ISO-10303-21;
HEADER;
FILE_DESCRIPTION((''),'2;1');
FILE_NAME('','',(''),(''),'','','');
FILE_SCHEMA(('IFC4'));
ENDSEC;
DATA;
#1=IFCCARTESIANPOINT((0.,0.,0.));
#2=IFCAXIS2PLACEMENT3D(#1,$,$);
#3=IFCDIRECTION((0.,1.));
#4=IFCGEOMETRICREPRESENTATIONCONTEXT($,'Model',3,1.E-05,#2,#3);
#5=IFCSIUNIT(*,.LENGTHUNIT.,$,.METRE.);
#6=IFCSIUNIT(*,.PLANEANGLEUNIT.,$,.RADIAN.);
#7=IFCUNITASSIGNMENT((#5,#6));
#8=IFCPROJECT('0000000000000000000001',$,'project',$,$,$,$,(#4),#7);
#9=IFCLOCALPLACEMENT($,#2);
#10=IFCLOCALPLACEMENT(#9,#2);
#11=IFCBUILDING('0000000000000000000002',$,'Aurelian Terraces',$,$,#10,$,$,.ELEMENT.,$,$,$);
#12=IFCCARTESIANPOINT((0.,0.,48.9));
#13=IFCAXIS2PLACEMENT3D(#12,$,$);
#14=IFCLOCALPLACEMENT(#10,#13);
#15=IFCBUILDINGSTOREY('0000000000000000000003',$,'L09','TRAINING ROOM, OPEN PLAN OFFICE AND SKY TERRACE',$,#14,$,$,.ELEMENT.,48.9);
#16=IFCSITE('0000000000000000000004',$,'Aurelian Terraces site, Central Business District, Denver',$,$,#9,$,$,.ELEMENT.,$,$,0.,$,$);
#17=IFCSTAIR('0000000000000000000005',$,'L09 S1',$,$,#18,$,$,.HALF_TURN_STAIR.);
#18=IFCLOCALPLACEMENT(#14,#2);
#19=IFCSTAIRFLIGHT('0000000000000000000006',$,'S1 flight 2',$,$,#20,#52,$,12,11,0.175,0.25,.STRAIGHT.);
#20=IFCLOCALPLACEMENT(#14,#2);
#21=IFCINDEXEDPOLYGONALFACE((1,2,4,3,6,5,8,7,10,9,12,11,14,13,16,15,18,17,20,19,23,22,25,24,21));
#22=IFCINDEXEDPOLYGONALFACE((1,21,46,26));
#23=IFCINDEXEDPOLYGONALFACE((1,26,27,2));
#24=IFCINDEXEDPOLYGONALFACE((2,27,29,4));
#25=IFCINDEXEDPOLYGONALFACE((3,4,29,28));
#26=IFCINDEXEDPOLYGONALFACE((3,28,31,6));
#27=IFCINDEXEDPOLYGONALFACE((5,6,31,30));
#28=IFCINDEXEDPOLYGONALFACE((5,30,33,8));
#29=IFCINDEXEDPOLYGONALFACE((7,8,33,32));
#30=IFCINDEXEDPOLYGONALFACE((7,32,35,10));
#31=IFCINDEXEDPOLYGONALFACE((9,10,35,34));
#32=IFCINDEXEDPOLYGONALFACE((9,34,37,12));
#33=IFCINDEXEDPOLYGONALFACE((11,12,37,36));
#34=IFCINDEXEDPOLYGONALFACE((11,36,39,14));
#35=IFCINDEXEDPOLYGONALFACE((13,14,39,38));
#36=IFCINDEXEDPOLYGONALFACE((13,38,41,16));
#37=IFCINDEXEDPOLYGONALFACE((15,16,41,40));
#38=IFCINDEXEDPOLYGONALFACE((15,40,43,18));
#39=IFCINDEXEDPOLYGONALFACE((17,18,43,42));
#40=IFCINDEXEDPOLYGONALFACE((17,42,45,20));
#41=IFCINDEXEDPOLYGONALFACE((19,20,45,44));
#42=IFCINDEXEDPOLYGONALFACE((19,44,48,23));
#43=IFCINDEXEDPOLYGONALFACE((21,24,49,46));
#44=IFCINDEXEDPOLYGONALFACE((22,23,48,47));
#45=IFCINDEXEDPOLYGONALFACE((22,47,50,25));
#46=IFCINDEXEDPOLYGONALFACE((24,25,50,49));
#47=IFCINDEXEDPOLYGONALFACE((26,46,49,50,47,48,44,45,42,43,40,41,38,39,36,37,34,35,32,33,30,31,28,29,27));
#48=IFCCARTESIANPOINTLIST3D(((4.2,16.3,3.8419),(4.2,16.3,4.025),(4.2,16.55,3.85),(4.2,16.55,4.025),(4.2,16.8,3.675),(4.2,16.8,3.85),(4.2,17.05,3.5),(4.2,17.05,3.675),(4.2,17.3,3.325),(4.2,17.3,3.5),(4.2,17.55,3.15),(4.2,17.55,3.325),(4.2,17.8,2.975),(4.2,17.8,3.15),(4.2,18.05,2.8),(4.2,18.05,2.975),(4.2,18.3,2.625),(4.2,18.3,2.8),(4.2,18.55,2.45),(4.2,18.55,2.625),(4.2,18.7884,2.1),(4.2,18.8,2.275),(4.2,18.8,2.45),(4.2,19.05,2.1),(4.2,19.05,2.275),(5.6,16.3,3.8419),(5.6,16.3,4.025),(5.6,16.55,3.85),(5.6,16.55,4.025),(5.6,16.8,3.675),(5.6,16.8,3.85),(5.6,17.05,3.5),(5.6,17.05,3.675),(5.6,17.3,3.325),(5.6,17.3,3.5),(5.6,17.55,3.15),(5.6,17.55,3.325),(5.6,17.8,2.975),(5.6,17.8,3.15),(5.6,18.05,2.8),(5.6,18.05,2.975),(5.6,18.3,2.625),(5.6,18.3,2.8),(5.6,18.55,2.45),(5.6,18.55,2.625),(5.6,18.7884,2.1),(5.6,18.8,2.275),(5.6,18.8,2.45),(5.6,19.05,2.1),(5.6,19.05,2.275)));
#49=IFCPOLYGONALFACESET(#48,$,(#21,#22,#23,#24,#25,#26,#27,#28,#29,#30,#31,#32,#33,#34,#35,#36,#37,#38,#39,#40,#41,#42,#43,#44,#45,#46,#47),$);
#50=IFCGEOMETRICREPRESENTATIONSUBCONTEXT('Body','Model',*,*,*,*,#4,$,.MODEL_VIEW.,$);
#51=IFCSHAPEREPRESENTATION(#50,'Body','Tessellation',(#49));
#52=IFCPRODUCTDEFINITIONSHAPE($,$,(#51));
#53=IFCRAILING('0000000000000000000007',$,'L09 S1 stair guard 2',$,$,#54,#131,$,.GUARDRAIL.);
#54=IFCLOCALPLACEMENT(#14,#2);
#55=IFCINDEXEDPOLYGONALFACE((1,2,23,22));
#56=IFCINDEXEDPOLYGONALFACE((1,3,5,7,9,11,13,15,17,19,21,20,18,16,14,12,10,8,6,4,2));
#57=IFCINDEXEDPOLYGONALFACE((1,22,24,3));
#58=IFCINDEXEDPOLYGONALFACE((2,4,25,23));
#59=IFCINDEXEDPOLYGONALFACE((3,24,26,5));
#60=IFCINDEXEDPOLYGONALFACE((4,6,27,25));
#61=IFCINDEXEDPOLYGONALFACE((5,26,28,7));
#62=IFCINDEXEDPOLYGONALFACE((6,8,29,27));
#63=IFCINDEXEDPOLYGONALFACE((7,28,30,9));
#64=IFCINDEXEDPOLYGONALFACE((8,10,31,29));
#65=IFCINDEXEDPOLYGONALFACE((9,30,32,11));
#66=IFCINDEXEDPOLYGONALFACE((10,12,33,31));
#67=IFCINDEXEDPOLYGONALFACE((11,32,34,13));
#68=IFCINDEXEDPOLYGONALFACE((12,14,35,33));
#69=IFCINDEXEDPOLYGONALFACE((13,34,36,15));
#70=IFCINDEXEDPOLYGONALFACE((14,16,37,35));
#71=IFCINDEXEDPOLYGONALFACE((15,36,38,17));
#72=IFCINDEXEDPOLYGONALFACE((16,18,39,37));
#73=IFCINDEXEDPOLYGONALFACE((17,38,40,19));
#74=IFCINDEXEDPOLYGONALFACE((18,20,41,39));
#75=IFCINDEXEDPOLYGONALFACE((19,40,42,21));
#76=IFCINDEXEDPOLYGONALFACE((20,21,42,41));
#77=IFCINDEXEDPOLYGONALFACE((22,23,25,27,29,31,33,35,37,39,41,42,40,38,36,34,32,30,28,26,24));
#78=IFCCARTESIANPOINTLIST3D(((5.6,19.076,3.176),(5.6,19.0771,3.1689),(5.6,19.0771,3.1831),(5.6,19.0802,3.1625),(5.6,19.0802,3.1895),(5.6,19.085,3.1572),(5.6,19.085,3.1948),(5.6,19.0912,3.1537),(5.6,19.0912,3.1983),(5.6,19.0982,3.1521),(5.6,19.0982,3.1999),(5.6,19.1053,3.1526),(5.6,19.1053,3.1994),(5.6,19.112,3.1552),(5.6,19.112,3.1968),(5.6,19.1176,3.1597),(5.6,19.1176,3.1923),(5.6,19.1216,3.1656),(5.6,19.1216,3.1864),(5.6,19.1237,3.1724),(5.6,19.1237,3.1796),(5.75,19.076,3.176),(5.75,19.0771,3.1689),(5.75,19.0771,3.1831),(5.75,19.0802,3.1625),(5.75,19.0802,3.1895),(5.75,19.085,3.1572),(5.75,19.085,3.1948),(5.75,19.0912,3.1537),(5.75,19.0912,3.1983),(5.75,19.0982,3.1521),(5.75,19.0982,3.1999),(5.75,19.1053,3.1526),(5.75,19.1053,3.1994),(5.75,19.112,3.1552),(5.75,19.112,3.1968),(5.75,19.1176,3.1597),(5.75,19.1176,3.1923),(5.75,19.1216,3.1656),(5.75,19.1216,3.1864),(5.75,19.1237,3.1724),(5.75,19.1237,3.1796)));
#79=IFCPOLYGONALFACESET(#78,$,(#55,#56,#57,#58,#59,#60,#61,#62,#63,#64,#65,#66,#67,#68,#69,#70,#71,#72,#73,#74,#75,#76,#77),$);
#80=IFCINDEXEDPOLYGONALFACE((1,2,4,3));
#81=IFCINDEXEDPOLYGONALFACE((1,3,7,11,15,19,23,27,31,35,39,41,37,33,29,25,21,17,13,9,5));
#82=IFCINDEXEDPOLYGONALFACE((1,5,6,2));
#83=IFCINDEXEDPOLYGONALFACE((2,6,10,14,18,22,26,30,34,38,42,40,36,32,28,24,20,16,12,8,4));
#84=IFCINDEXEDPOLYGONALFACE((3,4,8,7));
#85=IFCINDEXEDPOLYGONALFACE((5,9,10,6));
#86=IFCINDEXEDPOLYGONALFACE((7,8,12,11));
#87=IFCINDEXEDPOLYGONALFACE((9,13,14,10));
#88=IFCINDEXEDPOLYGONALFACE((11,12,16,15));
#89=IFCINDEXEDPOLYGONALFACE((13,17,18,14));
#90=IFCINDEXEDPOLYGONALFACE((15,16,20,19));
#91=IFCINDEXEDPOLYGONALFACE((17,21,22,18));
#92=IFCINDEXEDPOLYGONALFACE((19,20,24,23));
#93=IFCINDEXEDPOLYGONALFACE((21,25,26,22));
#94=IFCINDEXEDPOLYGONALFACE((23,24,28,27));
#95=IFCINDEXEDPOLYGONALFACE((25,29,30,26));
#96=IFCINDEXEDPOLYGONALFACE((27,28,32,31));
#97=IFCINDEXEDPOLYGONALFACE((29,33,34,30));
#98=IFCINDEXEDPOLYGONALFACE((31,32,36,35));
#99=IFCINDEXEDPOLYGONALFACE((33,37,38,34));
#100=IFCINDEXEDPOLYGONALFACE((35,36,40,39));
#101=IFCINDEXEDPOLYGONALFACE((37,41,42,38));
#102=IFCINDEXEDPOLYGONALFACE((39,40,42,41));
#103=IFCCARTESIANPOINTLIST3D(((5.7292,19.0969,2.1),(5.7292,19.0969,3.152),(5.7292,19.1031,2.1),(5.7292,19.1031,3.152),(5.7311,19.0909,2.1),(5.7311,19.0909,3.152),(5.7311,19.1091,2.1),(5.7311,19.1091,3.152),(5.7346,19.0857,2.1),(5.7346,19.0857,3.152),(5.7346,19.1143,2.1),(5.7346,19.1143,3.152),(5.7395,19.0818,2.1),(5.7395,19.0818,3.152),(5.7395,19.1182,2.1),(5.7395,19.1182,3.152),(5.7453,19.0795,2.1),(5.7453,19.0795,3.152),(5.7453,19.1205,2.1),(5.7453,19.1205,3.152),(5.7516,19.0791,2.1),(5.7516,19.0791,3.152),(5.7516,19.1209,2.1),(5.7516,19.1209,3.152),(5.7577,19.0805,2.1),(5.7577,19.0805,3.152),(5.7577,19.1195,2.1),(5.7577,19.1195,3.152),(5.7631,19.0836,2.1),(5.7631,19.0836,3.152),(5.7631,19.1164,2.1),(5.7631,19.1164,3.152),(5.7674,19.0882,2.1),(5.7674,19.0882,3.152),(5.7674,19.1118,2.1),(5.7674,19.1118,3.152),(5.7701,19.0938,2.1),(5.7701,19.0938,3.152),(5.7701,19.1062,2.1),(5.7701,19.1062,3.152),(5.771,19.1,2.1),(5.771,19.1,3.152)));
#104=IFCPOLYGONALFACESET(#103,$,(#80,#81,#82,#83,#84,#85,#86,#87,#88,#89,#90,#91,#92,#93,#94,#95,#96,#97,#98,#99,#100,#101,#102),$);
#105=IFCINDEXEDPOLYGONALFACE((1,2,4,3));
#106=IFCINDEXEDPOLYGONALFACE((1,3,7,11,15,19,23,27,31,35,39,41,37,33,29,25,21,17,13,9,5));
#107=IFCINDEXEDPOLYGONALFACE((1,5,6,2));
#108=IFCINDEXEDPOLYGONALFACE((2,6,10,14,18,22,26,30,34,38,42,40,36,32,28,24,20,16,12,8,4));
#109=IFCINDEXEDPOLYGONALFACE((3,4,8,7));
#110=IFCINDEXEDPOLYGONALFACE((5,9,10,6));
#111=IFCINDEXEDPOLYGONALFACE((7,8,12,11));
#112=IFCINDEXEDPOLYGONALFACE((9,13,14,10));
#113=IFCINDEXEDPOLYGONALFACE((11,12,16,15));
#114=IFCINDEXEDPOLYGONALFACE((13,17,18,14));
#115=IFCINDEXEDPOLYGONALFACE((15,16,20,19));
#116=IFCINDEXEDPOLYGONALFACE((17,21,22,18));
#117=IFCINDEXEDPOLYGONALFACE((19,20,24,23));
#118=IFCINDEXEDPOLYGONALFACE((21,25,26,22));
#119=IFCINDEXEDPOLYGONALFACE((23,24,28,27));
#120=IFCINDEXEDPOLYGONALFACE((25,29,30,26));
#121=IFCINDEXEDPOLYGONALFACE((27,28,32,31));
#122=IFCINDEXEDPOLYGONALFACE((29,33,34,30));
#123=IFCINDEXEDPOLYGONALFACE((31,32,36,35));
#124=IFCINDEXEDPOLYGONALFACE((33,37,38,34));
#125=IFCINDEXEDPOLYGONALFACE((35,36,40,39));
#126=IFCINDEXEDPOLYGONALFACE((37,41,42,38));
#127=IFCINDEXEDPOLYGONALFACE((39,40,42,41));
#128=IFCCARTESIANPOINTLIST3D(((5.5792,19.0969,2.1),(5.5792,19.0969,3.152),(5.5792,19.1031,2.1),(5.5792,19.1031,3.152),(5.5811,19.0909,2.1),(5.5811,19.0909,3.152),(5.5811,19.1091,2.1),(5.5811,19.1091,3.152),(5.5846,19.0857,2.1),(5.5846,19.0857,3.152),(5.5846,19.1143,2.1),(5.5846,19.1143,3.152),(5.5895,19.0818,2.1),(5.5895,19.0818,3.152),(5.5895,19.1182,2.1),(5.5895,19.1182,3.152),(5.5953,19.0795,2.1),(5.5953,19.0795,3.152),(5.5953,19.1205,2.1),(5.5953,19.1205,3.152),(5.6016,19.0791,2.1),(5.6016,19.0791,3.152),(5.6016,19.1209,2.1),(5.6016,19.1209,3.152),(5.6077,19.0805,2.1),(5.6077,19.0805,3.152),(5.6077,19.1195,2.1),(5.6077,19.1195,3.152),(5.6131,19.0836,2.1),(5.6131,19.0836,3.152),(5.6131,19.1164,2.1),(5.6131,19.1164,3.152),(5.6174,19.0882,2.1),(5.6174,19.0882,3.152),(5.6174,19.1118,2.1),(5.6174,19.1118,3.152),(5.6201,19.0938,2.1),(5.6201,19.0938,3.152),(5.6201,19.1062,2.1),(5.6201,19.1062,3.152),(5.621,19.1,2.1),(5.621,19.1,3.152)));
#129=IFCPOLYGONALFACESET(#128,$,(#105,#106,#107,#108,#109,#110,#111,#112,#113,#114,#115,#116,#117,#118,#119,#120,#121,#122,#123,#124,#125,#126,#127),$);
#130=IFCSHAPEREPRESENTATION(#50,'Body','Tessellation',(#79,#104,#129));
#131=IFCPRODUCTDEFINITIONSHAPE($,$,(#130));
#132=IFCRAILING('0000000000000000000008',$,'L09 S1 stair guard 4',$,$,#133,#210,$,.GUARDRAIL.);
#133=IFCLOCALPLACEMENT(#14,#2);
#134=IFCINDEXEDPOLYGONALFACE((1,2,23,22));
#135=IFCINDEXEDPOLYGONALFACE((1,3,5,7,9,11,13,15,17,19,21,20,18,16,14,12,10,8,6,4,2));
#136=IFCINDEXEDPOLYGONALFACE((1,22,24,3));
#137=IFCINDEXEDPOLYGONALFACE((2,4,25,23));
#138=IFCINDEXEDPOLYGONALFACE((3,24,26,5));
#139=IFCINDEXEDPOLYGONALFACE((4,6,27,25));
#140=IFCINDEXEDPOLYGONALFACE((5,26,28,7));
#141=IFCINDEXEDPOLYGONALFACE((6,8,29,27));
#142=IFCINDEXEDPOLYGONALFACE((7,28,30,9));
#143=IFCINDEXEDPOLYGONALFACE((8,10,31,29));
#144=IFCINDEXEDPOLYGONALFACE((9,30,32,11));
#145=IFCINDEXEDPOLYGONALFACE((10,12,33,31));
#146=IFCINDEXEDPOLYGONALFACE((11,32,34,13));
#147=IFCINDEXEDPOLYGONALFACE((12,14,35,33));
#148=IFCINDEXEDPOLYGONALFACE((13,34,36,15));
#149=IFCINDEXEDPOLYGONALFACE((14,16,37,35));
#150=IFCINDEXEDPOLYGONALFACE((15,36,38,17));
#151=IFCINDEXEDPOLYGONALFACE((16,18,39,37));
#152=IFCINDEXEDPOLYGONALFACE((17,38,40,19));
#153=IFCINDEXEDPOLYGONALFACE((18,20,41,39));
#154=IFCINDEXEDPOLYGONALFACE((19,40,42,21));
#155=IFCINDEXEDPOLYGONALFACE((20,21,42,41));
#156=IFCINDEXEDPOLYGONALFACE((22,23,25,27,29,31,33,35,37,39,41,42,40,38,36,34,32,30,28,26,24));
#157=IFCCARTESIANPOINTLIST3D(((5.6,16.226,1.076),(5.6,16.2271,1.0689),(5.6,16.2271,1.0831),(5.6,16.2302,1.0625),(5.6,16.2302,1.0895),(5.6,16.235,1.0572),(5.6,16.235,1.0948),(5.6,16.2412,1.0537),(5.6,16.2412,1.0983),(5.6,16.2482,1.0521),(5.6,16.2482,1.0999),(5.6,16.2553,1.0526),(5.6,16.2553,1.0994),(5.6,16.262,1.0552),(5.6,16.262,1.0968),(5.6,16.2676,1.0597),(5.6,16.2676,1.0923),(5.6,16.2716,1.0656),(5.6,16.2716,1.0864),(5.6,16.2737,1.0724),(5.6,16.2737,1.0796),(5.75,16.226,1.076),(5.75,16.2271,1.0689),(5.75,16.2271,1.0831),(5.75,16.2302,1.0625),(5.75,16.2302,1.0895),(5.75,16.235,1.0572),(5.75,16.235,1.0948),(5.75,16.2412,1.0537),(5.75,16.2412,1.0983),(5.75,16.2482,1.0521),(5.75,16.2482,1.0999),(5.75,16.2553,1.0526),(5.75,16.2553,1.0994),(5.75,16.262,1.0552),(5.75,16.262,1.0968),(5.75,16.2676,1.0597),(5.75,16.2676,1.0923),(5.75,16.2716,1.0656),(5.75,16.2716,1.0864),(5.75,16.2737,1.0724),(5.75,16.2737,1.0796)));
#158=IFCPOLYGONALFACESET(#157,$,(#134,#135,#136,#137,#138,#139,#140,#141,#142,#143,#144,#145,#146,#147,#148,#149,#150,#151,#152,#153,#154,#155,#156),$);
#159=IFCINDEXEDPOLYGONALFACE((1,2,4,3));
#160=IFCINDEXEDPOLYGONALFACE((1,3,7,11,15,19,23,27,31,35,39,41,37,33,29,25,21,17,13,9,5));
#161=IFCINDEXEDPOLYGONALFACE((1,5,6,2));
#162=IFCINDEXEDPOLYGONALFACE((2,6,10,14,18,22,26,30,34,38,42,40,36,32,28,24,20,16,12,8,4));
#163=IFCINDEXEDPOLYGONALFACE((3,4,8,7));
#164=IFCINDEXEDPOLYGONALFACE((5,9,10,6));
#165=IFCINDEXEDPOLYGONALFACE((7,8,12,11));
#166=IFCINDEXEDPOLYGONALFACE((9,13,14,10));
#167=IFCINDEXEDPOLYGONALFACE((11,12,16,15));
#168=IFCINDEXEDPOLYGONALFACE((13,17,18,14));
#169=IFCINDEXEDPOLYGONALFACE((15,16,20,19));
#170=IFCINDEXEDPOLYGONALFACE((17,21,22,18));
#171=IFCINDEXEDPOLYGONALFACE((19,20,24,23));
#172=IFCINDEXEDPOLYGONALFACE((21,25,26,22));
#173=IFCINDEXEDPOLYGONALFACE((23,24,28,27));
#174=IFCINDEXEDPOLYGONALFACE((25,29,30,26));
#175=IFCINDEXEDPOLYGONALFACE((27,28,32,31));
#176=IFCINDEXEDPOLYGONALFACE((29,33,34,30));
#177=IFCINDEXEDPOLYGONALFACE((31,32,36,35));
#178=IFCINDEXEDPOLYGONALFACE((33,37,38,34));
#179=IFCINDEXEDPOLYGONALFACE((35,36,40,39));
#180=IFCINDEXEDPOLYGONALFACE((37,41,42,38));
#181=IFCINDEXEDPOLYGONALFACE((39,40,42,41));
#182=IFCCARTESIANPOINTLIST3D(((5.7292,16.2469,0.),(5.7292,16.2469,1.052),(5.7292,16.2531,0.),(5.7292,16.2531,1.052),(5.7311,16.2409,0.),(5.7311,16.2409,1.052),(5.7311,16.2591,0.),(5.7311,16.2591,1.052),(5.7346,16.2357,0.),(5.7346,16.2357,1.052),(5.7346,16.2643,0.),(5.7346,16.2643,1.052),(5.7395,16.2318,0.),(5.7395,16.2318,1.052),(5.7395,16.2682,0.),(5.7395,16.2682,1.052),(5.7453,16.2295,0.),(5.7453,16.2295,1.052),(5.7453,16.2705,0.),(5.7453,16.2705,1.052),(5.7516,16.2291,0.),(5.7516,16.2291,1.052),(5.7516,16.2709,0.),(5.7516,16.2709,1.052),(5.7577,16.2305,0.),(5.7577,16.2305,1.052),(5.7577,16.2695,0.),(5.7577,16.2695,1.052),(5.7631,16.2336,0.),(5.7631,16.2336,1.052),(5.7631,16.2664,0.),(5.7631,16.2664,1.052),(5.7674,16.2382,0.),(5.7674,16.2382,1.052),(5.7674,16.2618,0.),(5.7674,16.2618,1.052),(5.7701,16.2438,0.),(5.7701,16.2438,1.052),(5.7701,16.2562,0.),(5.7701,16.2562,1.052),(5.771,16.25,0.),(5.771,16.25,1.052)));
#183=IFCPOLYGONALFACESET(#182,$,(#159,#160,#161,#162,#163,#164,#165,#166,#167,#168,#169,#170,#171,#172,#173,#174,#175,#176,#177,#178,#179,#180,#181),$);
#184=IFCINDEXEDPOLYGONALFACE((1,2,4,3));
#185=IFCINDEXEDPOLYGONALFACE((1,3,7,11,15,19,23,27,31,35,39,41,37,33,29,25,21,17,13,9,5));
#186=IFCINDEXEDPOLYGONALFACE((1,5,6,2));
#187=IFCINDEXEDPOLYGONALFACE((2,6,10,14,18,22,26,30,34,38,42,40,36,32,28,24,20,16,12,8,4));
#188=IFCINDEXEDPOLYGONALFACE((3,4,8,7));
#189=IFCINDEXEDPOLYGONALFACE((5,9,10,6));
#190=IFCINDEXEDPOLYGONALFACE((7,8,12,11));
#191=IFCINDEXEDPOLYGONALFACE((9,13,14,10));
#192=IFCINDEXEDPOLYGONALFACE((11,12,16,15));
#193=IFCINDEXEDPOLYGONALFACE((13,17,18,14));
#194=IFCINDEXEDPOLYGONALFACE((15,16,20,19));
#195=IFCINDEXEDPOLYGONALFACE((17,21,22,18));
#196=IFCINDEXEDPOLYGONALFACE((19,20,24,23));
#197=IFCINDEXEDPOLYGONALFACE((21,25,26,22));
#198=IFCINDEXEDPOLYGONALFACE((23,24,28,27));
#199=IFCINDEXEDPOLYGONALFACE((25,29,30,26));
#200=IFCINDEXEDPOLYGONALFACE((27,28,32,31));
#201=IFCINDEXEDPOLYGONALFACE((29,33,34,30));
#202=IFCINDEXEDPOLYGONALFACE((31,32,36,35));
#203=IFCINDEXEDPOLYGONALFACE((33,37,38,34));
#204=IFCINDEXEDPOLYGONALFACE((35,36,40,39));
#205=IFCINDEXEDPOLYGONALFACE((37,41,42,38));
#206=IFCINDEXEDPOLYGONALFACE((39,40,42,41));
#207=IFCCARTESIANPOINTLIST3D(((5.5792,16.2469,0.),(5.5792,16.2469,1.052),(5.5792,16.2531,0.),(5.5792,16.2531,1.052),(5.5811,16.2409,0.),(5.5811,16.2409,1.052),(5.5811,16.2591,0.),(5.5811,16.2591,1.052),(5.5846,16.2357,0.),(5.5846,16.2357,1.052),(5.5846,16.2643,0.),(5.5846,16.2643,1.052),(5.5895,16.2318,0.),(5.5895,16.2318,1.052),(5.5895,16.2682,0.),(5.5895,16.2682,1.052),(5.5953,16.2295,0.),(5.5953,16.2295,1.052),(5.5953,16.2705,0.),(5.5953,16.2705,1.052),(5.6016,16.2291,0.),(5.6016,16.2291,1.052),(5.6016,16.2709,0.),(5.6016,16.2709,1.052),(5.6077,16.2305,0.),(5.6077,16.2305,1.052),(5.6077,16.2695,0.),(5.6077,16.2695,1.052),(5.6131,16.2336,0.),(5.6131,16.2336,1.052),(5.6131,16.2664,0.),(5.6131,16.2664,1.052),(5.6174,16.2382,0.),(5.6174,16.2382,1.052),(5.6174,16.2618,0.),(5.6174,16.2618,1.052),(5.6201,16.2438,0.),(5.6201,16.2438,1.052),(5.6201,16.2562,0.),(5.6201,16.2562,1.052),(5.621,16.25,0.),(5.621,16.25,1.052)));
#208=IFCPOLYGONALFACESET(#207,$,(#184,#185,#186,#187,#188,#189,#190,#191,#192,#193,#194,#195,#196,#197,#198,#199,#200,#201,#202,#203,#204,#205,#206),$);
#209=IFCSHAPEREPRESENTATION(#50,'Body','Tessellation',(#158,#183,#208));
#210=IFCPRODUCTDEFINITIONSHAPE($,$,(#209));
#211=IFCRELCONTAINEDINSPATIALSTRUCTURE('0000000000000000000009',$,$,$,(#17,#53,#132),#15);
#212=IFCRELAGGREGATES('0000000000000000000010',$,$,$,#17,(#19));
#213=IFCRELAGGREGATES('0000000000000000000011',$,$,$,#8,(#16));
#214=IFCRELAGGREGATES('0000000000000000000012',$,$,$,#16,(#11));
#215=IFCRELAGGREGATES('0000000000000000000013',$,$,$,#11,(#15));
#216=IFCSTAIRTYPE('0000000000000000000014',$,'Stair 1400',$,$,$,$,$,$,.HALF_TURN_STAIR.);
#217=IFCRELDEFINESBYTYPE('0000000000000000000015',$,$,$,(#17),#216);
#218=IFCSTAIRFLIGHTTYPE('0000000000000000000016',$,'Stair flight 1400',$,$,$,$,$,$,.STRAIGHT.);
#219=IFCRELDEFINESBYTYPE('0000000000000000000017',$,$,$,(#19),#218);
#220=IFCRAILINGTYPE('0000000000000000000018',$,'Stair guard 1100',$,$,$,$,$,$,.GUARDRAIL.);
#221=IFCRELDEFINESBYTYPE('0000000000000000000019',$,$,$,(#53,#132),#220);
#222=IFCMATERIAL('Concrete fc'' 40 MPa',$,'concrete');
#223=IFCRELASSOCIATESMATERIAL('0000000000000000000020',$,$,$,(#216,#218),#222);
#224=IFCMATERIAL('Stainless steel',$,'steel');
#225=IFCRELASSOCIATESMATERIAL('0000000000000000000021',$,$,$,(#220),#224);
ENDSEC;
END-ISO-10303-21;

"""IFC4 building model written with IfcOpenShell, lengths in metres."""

from ifc_helpers import new_model, si_unit, direction, frame, origin, origin_2d, place, context, subcontext, project, spatial, polyline, circle, outline, extrude, source, transform, mapped, material, type_object, element, aggregate, save


model = new_model("IFC4")

# Units and contexts
model_context = context("Model", 3, precision=1e-05, world=origin(), true_north=direction((0.0, 1.0)))
body_context = subcontext(model_context, "Body", "Model", "MODEL_VIEW")
ifc_project = project(units=[si_unit("LENGTHUNIT", "METRE"), si_unit("PLANEANGLEUNIT", "RADIAN")], contexts=[model_context])

# Site, building, storey
site_placement = place(None, origin())
site = spatial("IfcSite", under=ifc_project, at=site_placement, Name="Aurelian Terraces site, Central Business District, Denver", CompositionType="ELEMENT", RefElevation=0.0)
building_placement = place(site_placement, origin())
building = spatial("IfcBuilding", under=site, at=building_placement, Name="Aurelian Terraces", CompositionType="ELEMENT")
storey_placement = place(building_placement, frame((0.0, 0.0, 48.9)))
storey = spatial("IfcBuildingStorey", under=building, at=storey_placement, Name="L09", Description="TRAINING ROOM, OPEN PLAN OFFICE AND SKY TERRACE", CompositionType="ELEMENT", Elevation=48.9)

# Shared definitions
ifc_material_1 = material(Name="Concrete fc' 40 MPa", Category="concrete")

# Stair, stair flight
stair_type = type_object("IfcStairType", Name="Stair 1400", PredefinedType="HALF_TURN_STAIR", material=ifc_material_1)
stair_placement = place(storey_placement, origin())
stair = element("IfcStair", 1, at=stair_placement, inside=storey, type_object=stair_type, Name="L09 S1", PredefinedType="HALF_TURN_STAIR")
stair_flight_type = type_object("IfcStairFlightType", Name="Stair flight 1400", PredefinedType="STRAIGHT", material=ifc_material_1)
shared_shape_1 = source(origin(), body_context, "Body", "SweptSolid", [
    extrude(outline(polyline([(0.0, 0.0), (0.0, 0.175), (0.25, 0.175), (0.25, 0.35), (0.5, 0.35), (0.5, 0.525), (0.75, 0.525), (0.75, 0.7), (1.0, 0.7), (1.0, 0.875), (1.25, 0.875), (1.25, 1.05), (1.5, 1.05), (1.5, 1.225), (1.75, 1.225), (1.75, 1.4), (2.0, 1.4), (2.0, 1.575), (2.25, 1.575), (2.25, 1.75), (2.5, 1.75), (2.5, 1.925), (2.75, 1.925), (2.75, 2.1), (2.75, 1.7419), (0.2616, 0.0), (0.0, 0.0)])), frame((0.0, 0.7, 0.0), z_axis=(0.0, -1.0, 0.0), x_axis=(1.0, 0.0, 0.0)), (0.0, 0.0, 1.0), 1.4),
])
stair_flight_1_placement = place(storey_placement, frame((4.9, 19.05, 2.1), z_axis=(0.0, 0.0, 1.0), x_axis=(0.0, -1.0, 0.0)))
stair_flight_1 = element("IfcStairFlight", 2, at=stair_flight_1_placement, type_object=stair_flight_type, Name="S1 flight 2", NumberOfRisers=12, NumberOfTreads=11, PredefinedType="STRAIGHT", RiserHeight=0.175, TreadLength=0.25, context=body_context, shape_type="MappedRepresentation", body=[
    mapped(shared_shape_1, transform((0.0, 0.0, 0.0), scale=1.0)),
])
aggregate(stair, [stair_flight_1])

# Railings
ifc_material_2 = material(Name="Stainless steel", Category="steel")
railing_type_1 = type_object("IfcRailingType", Name="Stair guard 1100", PredefinedType="GUARDRAIL", material=ifc_material_2)
shared_shape_2 = source(origin(), body_context, "Body", "SweptSolid", [
    extrude(circle(Radius=0.024, at=origin_2d()), frame((0.0, 0.0, 1.076), z_axis=(-1.0, 0.0, 0.0), x_axis=(0.0, -1.0, 0.0)), (0.0, 0.0, 1.0), 0.15),
    extrude(circle(Radius=0.021, at=origin_2d()), origin(), (0.0, 0.0, 1.0), 1.052),
    extrude(circle(Radius=0.021, at=origin_2d()), frame((-0.15, 0.0, 0.0)), (0.0, 0.0, 1.0), 1.052),
])
for number, where, name in (
    (3, (5.75, 19.1, 2.1), "L09 S1 stair guard 2"),
    (4, (5.75, 16.25, 0.0), "L09 S1 stair guard 4"),
):
    element("IfcRailing", number, at=place(storey_placement, frame(where)), inside=storey, type_object=railing_type_1, Name=name, PredefinedType="GUARDRAIL", context=body_context, shape_type="MappedRepresentation", body=[
        mapped(shared_shape_2, transform((0.0, 0.0, 0.0), scale=1.0)),
    ])

save(model, "model.ifc")
